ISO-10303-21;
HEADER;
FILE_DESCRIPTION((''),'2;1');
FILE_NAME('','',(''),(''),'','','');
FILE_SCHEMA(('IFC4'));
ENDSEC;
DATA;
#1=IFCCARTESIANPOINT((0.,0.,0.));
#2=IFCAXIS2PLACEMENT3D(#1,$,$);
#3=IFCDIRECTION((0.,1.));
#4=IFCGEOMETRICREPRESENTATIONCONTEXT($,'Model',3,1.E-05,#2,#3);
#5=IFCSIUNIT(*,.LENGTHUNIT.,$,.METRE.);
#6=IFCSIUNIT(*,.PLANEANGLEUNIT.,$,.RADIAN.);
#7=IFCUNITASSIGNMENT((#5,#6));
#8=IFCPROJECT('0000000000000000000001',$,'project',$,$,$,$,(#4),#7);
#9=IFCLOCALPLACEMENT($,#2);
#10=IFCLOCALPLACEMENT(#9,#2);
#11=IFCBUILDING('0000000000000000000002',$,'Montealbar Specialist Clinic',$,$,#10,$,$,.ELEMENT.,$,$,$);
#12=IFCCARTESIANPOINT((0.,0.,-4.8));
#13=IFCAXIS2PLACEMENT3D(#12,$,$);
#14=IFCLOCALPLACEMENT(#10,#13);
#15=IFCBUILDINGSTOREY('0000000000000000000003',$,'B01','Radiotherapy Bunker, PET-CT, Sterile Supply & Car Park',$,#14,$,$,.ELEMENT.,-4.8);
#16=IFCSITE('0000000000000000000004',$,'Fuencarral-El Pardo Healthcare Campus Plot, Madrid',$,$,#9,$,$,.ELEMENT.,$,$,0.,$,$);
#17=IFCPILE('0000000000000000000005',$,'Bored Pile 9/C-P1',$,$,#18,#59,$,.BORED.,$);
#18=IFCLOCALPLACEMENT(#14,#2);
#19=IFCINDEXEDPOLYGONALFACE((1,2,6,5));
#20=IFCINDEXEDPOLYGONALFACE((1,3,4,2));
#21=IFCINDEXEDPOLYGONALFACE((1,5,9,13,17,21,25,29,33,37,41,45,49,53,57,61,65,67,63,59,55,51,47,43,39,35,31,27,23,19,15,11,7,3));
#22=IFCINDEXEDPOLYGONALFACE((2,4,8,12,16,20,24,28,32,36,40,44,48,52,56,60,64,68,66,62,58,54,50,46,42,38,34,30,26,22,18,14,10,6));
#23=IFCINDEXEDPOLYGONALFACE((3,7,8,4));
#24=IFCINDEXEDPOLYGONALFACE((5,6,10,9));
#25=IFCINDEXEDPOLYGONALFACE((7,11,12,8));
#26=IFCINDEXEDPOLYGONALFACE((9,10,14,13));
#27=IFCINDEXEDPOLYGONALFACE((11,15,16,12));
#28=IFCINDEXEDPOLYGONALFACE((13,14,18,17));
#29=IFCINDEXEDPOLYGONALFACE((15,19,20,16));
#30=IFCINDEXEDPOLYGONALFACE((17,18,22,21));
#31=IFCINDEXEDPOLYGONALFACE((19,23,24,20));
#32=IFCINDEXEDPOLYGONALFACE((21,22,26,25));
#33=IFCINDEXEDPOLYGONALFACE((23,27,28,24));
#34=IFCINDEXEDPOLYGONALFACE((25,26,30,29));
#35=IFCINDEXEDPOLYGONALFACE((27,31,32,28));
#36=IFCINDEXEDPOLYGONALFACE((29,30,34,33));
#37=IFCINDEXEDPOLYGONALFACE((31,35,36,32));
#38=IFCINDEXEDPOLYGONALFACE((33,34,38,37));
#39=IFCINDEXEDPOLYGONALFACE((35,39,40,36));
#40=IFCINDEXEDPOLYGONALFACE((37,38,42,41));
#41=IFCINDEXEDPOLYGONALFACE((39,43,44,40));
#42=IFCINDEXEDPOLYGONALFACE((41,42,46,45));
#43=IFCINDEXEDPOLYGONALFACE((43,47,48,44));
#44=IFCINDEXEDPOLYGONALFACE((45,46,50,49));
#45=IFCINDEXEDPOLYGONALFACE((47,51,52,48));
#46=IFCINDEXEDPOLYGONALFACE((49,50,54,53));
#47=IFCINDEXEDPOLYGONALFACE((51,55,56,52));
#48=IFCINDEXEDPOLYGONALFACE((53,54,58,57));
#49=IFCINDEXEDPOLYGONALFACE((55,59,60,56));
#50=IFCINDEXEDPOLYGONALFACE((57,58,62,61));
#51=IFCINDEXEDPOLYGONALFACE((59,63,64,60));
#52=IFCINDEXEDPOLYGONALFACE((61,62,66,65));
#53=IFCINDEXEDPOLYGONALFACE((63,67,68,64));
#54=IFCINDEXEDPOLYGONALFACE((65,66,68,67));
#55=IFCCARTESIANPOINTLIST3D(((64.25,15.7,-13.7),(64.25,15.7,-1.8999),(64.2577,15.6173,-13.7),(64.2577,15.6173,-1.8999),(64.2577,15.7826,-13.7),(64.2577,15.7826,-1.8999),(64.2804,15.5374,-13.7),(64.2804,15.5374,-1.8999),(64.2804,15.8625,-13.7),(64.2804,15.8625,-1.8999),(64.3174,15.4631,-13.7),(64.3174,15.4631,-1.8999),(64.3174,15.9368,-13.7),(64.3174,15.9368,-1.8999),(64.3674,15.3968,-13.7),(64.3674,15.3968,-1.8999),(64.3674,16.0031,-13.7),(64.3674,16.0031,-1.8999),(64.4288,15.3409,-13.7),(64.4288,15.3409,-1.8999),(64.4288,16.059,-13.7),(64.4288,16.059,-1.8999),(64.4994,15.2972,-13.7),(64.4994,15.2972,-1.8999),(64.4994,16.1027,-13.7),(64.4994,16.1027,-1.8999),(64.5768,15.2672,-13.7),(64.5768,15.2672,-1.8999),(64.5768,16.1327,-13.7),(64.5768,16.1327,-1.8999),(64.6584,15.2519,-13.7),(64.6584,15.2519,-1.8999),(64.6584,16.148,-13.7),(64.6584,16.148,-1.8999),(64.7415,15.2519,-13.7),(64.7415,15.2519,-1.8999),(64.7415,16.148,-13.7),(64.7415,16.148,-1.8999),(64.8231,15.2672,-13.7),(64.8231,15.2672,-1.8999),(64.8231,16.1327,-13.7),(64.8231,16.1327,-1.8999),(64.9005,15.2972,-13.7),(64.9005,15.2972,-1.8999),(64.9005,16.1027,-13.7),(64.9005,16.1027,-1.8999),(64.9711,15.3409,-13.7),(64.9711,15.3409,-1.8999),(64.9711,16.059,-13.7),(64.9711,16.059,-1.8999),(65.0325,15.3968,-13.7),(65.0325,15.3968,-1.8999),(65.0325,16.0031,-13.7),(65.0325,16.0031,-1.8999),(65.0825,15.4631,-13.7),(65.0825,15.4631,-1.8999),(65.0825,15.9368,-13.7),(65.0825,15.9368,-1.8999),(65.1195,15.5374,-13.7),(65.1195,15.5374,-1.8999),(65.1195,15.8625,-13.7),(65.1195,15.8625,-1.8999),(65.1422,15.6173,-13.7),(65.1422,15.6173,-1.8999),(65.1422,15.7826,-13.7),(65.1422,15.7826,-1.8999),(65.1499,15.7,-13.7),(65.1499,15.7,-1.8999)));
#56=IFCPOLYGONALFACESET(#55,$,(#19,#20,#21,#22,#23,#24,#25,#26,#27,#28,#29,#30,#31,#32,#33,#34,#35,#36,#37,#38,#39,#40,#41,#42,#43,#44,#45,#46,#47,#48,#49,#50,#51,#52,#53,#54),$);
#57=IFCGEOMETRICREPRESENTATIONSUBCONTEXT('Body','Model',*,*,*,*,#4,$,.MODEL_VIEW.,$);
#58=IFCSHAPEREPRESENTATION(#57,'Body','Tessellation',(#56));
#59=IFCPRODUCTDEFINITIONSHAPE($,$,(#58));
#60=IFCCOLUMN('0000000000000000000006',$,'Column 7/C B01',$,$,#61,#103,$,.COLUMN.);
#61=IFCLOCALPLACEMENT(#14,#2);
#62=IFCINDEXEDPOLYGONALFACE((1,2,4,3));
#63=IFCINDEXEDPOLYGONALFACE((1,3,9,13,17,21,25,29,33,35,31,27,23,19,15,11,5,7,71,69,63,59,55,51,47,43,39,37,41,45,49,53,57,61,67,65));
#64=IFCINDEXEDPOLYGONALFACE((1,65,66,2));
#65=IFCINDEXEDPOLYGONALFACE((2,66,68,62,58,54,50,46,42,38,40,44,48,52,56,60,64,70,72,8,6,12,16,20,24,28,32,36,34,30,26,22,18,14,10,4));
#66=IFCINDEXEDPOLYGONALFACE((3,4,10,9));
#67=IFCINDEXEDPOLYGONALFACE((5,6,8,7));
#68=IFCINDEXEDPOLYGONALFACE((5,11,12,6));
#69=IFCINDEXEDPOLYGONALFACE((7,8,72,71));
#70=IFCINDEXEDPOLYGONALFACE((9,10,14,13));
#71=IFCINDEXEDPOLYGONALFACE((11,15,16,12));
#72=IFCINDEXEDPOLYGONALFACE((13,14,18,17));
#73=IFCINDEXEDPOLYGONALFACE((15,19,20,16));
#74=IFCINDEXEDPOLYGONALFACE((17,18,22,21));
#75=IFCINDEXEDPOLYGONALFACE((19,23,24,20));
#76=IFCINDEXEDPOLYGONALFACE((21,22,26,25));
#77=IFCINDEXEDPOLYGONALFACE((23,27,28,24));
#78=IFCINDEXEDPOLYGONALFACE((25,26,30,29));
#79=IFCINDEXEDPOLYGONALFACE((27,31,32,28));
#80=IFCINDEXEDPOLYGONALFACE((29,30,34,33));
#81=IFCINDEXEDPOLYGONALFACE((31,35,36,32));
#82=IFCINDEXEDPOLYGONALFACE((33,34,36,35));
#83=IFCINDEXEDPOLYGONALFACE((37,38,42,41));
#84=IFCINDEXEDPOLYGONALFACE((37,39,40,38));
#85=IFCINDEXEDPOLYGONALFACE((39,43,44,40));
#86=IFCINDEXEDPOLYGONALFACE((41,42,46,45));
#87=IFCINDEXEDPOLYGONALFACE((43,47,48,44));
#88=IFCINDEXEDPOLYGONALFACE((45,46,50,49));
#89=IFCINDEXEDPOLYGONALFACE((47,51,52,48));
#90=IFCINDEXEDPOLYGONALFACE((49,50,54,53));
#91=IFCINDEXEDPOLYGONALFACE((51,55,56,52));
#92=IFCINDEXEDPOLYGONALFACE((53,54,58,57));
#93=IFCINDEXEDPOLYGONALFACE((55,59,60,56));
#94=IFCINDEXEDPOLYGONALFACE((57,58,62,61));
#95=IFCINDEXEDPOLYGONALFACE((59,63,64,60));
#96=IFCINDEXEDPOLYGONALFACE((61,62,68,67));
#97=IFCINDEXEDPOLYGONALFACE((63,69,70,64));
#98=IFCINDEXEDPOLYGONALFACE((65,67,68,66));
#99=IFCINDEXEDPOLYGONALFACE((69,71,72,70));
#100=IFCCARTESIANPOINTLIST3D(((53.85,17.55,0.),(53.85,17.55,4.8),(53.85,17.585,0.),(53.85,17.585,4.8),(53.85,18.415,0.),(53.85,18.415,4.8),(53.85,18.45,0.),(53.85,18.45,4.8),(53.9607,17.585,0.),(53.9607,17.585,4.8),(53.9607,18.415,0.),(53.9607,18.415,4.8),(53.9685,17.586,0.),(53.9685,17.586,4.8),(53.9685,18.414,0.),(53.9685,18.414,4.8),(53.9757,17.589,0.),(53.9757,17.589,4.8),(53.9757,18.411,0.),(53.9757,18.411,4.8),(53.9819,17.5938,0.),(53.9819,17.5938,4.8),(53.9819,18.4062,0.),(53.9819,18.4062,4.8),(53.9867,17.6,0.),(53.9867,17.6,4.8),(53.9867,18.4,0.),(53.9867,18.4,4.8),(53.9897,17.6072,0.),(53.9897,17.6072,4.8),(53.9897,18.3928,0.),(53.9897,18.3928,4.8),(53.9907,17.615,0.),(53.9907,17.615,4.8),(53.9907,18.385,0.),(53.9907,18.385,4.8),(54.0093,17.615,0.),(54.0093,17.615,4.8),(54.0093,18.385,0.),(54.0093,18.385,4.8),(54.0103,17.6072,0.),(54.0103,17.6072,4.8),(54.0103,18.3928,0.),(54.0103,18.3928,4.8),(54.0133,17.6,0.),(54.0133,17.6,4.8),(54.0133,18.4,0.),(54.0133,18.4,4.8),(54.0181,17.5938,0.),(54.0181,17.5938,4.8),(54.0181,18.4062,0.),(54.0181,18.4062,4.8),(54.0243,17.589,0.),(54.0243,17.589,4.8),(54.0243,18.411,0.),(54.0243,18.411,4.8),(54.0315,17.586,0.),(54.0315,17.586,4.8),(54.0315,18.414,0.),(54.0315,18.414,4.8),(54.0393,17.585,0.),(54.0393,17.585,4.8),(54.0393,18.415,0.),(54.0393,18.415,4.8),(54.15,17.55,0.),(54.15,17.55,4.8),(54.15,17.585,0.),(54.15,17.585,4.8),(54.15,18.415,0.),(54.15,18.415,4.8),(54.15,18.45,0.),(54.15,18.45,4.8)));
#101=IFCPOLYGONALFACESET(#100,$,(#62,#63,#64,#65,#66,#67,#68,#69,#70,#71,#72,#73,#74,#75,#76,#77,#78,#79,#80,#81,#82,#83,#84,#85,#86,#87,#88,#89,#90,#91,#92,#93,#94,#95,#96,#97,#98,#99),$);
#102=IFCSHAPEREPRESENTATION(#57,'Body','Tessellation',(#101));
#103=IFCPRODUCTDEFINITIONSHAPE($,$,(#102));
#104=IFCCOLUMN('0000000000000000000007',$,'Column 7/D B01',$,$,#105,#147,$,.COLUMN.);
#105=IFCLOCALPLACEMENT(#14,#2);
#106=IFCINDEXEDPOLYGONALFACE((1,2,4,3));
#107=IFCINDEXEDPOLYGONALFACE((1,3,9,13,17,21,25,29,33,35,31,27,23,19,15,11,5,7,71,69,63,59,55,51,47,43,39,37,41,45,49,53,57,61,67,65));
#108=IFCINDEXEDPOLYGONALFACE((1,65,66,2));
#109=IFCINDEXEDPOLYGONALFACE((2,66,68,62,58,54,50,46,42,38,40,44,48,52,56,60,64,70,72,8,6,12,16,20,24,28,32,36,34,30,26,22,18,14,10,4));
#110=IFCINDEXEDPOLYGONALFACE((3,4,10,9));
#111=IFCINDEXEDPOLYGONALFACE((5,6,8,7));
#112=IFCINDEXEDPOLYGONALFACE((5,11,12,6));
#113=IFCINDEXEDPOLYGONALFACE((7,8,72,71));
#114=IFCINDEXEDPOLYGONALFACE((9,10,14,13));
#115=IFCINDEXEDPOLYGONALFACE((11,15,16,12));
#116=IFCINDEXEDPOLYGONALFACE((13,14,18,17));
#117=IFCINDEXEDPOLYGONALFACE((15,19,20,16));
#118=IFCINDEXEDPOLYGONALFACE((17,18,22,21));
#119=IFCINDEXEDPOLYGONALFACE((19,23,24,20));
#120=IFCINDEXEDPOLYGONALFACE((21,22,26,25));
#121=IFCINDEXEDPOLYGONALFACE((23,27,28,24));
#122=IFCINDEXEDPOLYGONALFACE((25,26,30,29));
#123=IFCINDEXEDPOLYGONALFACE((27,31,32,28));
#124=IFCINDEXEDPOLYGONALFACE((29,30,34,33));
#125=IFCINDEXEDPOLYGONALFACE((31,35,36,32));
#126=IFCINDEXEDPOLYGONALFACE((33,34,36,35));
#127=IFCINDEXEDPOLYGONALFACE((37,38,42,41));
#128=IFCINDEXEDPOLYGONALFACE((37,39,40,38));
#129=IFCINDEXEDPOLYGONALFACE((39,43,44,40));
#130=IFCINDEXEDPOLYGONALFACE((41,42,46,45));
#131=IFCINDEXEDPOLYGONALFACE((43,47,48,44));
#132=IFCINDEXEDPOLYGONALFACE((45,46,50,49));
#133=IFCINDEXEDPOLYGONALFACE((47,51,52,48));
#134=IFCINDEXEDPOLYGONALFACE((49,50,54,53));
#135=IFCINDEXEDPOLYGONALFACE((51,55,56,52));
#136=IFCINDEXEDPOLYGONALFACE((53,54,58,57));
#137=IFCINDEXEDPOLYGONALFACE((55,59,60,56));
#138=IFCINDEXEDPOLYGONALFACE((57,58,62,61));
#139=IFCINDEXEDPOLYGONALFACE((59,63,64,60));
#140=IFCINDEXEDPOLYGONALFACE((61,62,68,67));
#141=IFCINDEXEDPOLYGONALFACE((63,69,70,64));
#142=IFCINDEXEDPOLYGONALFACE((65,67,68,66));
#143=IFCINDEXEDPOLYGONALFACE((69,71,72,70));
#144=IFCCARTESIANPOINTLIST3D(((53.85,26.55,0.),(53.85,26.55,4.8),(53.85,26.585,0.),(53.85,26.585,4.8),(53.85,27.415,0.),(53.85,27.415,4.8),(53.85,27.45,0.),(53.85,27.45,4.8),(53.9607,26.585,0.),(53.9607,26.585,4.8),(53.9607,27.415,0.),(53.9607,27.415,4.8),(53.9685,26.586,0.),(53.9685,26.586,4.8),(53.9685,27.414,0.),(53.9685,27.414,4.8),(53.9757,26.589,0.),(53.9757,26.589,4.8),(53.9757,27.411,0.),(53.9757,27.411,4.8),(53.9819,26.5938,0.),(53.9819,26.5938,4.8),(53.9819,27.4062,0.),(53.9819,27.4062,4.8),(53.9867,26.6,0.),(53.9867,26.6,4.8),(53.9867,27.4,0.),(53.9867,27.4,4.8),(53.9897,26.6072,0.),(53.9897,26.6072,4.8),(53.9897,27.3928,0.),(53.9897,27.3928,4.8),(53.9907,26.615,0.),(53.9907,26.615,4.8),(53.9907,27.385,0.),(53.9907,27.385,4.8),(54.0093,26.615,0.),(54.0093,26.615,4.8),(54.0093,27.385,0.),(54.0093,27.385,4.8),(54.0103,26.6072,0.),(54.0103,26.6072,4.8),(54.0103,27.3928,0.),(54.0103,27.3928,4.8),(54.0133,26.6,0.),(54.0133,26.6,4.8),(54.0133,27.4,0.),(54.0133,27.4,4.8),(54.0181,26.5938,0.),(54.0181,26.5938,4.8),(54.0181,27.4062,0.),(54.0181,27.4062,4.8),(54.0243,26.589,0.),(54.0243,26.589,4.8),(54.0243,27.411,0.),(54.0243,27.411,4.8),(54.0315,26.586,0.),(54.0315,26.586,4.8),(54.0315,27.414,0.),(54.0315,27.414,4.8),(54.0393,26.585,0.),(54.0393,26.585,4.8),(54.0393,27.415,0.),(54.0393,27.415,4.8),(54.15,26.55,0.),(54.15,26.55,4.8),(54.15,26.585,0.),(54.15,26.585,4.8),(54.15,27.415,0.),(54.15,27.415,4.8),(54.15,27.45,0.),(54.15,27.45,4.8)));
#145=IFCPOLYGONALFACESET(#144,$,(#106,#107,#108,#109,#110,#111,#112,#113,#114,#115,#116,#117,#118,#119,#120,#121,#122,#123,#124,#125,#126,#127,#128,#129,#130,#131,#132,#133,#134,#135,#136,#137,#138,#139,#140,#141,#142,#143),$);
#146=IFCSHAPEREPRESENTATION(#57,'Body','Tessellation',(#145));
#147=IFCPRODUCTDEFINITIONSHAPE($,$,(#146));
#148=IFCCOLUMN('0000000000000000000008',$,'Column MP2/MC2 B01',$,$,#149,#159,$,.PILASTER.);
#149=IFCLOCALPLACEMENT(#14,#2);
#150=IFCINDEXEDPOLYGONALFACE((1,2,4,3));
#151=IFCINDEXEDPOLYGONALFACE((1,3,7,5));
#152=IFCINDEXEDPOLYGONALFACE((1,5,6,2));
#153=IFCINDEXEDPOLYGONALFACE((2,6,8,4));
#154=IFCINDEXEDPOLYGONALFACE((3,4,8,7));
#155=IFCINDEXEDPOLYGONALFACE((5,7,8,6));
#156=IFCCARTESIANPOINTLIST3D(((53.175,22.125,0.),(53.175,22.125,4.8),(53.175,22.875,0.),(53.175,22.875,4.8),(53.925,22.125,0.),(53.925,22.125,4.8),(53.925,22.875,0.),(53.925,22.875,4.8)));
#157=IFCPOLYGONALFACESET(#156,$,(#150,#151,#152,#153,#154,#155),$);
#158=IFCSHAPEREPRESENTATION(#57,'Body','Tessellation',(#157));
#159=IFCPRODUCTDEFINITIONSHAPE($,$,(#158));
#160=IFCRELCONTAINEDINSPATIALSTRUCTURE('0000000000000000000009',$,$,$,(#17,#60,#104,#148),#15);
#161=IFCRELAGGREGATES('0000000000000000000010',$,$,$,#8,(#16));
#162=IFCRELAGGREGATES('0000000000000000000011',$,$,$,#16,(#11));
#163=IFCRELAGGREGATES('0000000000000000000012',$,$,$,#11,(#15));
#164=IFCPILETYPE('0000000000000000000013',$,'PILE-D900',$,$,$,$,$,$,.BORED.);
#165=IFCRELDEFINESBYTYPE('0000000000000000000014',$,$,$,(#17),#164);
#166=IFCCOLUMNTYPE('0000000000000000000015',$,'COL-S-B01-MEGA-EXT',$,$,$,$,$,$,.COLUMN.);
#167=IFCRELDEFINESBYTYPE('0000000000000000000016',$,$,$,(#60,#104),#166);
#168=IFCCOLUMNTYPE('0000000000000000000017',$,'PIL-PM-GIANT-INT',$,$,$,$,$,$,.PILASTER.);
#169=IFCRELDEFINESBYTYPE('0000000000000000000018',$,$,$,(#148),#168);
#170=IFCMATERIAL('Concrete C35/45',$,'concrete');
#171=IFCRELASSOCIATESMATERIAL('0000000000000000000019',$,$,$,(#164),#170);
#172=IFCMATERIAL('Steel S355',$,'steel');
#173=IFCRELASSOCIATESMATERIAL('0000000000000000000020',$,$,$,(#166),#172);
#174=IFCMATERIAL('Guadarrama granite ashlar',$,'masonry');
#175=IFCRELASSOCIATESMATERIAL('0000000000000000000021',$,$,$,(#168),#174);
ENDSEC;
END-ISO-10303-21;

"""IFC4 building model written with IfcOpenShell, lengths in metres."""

from ifc_helpers import new_model, si_unit, direction, frame, origin, origin_2d, place, context, subcontext, project, spatial, rectangle, circle, i_section, extrude, material, material_profile, profile_set, type_object, element, save


model = new_model("IFC4")

# Units and contexts
model_context = context("Model", 3, precision=1e-05, world=origin(), true_north=direction((0.0, 1.0)))
body_context = subcontext(model_context, "Body", "Model", "MODEL_VIEW")
ifc_project = project(units=[si_unit("LENGTHUNIT", "METRE"), si_unit("PLANEANGLEUNIT", "RADIAN")], contexts=[model_context])

# Site, building, storey
site_placement = place(None, origin())
site = spatial("IfcSite", under=ifc_project, at=site_placement, Name="Fuencarral-El Pardo Healthcare Campus Plot, Madrid", CompositionType="ELEMENT", RefElevation=0.0)
building_placement = place(site_placement, origin())
building = spatial("IfcBuilding", under=site, at=building_placement, Name="Montealbar Specialist Clinic", CompositionType="ELEMENT")
storey_placement = place(building_placement, frame((0.0, 0.0, -4.8)))
storey = spatial("IfcBuildingStorey", under=building, at=storey_placement, Name="B01", Description="Radiotherapy Bunker, PET-CT, Sterile Supply & Car Park", CompositionType="ELEMENT", Elevation=-4.8)

# Shared definitions
ifc_material_1 = material(Name="Concrete C35/45", Category="concrete")

# Pile
ifc_material_profile_1 = material_profile(ifc_material_1, circle(Radius=0.45, at=origin_2d()), Name="PILE D900", Category="concrete")
ifc_profile_set_1 = profile_set([ifc_material_profile_1], Name="Concrete C35/45")
pile_type = type_object("IfcPileType", Name="PILE-D900", PredefinedType="BORED", material=ifc_profile_set_1)
for number, where, z_axis, x_axis, name in (
    (1, (64.7, 15.7, -1.8999), (0.0, 0.0, -1.0), (1.0, 0.0, 0.0), "Bored Pile 9/C-P1"),
):
    element("IfcPile", number, at=place(storey_placement, frame(where, z_axis=z_axis, x_axis=x_axis)), inside=storey, type_object=pile_type, Name=name, PredefinedType="BORED", context=body_context, shape_type="SweptSolid", body=[
        extrude(circle(Radius=0.45, at=origin_2d()), origin(), (0.0, 0.0, 1.0), 11.8),
    ])

# Columns
ifc_material_2 = material(Name="Steel S355", Category="steel")
ifc_material_profile_2 = material_profile(ifc_material_2, i_section(OverallWidth=0.3, OverallDepth=0.8999, WebThickness=0.0186, FlangeThickness=0.0349, FilletRadius=0.03, at=origin_2d()), Name="HEB 900", Category="steel")
ifc_profile_set_2 = profile_set([ifc_material_profile_2], Name="Steel S355")
column_type_1 = type_object("IfcColumnType", Name="COL-S-B01-MEGA-EXT", PredefinedType="COLUMN", material=ifc_profile_set_2)
for number, where, z_axis, x_axis, name in (
    (2, (54.0, 18.0, 0.0), (0.0, 0.0, 1.0), (1.0, 0.0, 0.0), "Column 7/C B01"),
    (3, (54.0, 27.0, 0.0), (0.0, 0.0, 1.0), (1.0, 0.0, 0.0), "Column 7/D B01"),
):
    element("IfcColumn", number, at=place(storey_placement, frame(where, z_axis=z_axis, x_axis=x_axis)), inside=storey, type_object=column_type_1, Name=name, PredefinedType="COLUMN", context=body_context, shape_type="SweptSolid", body=[
        extrude(i_section(OverallWidth=0.3, OverallDepth=0.8999, WebThickness=0.0186, FlangeThickness=0.0349, FilletRadius=0.03, at=origin_2d()), origin(), (0.0, 0.0, 1.0), 4.8),
    ])
ifc_material_3 = material(Name="Guadarrama granite ashlar", Category="masonry")
ifc_material_profile_3 = material_profile(ifc_material_3, rectangle(XDim=0.75, YDim=0.75, at=origin_2d()), Name="GRANITE PILASTER 750x750", Category="masonry")
ifc_profile_set_3 = profile_set([ifc_material_profile_3], Name="Guadarrama granite ashlar")
column_type_2 = type_object("IfcColumnType", Name="PIL-PM-GIANT-INT", PredefinedType="PILASTER", material=ifc_profile_set_3)
column_placement = place(storey_placement, frame((53.55, 22.5, 0.0), z_axis=(0.0, 0.0, 1.0), x_axis=(1.0, 0.0, 0.0)))
element("IfcColumn", 4, at=column_placement, inside=storey, type_object=column_type_2, Name="Column MP2/MC2 B01", PredefinedType="PILASTER", context=body_context, shape_type="SweptSolid", body=[
    extrude(rectangle(XDim=0.75, YDim=0.75, at=origin_2d()), origin(), (0.0, 0.0, 1.0), 4.8),
])

save(model, "model.ifc")
